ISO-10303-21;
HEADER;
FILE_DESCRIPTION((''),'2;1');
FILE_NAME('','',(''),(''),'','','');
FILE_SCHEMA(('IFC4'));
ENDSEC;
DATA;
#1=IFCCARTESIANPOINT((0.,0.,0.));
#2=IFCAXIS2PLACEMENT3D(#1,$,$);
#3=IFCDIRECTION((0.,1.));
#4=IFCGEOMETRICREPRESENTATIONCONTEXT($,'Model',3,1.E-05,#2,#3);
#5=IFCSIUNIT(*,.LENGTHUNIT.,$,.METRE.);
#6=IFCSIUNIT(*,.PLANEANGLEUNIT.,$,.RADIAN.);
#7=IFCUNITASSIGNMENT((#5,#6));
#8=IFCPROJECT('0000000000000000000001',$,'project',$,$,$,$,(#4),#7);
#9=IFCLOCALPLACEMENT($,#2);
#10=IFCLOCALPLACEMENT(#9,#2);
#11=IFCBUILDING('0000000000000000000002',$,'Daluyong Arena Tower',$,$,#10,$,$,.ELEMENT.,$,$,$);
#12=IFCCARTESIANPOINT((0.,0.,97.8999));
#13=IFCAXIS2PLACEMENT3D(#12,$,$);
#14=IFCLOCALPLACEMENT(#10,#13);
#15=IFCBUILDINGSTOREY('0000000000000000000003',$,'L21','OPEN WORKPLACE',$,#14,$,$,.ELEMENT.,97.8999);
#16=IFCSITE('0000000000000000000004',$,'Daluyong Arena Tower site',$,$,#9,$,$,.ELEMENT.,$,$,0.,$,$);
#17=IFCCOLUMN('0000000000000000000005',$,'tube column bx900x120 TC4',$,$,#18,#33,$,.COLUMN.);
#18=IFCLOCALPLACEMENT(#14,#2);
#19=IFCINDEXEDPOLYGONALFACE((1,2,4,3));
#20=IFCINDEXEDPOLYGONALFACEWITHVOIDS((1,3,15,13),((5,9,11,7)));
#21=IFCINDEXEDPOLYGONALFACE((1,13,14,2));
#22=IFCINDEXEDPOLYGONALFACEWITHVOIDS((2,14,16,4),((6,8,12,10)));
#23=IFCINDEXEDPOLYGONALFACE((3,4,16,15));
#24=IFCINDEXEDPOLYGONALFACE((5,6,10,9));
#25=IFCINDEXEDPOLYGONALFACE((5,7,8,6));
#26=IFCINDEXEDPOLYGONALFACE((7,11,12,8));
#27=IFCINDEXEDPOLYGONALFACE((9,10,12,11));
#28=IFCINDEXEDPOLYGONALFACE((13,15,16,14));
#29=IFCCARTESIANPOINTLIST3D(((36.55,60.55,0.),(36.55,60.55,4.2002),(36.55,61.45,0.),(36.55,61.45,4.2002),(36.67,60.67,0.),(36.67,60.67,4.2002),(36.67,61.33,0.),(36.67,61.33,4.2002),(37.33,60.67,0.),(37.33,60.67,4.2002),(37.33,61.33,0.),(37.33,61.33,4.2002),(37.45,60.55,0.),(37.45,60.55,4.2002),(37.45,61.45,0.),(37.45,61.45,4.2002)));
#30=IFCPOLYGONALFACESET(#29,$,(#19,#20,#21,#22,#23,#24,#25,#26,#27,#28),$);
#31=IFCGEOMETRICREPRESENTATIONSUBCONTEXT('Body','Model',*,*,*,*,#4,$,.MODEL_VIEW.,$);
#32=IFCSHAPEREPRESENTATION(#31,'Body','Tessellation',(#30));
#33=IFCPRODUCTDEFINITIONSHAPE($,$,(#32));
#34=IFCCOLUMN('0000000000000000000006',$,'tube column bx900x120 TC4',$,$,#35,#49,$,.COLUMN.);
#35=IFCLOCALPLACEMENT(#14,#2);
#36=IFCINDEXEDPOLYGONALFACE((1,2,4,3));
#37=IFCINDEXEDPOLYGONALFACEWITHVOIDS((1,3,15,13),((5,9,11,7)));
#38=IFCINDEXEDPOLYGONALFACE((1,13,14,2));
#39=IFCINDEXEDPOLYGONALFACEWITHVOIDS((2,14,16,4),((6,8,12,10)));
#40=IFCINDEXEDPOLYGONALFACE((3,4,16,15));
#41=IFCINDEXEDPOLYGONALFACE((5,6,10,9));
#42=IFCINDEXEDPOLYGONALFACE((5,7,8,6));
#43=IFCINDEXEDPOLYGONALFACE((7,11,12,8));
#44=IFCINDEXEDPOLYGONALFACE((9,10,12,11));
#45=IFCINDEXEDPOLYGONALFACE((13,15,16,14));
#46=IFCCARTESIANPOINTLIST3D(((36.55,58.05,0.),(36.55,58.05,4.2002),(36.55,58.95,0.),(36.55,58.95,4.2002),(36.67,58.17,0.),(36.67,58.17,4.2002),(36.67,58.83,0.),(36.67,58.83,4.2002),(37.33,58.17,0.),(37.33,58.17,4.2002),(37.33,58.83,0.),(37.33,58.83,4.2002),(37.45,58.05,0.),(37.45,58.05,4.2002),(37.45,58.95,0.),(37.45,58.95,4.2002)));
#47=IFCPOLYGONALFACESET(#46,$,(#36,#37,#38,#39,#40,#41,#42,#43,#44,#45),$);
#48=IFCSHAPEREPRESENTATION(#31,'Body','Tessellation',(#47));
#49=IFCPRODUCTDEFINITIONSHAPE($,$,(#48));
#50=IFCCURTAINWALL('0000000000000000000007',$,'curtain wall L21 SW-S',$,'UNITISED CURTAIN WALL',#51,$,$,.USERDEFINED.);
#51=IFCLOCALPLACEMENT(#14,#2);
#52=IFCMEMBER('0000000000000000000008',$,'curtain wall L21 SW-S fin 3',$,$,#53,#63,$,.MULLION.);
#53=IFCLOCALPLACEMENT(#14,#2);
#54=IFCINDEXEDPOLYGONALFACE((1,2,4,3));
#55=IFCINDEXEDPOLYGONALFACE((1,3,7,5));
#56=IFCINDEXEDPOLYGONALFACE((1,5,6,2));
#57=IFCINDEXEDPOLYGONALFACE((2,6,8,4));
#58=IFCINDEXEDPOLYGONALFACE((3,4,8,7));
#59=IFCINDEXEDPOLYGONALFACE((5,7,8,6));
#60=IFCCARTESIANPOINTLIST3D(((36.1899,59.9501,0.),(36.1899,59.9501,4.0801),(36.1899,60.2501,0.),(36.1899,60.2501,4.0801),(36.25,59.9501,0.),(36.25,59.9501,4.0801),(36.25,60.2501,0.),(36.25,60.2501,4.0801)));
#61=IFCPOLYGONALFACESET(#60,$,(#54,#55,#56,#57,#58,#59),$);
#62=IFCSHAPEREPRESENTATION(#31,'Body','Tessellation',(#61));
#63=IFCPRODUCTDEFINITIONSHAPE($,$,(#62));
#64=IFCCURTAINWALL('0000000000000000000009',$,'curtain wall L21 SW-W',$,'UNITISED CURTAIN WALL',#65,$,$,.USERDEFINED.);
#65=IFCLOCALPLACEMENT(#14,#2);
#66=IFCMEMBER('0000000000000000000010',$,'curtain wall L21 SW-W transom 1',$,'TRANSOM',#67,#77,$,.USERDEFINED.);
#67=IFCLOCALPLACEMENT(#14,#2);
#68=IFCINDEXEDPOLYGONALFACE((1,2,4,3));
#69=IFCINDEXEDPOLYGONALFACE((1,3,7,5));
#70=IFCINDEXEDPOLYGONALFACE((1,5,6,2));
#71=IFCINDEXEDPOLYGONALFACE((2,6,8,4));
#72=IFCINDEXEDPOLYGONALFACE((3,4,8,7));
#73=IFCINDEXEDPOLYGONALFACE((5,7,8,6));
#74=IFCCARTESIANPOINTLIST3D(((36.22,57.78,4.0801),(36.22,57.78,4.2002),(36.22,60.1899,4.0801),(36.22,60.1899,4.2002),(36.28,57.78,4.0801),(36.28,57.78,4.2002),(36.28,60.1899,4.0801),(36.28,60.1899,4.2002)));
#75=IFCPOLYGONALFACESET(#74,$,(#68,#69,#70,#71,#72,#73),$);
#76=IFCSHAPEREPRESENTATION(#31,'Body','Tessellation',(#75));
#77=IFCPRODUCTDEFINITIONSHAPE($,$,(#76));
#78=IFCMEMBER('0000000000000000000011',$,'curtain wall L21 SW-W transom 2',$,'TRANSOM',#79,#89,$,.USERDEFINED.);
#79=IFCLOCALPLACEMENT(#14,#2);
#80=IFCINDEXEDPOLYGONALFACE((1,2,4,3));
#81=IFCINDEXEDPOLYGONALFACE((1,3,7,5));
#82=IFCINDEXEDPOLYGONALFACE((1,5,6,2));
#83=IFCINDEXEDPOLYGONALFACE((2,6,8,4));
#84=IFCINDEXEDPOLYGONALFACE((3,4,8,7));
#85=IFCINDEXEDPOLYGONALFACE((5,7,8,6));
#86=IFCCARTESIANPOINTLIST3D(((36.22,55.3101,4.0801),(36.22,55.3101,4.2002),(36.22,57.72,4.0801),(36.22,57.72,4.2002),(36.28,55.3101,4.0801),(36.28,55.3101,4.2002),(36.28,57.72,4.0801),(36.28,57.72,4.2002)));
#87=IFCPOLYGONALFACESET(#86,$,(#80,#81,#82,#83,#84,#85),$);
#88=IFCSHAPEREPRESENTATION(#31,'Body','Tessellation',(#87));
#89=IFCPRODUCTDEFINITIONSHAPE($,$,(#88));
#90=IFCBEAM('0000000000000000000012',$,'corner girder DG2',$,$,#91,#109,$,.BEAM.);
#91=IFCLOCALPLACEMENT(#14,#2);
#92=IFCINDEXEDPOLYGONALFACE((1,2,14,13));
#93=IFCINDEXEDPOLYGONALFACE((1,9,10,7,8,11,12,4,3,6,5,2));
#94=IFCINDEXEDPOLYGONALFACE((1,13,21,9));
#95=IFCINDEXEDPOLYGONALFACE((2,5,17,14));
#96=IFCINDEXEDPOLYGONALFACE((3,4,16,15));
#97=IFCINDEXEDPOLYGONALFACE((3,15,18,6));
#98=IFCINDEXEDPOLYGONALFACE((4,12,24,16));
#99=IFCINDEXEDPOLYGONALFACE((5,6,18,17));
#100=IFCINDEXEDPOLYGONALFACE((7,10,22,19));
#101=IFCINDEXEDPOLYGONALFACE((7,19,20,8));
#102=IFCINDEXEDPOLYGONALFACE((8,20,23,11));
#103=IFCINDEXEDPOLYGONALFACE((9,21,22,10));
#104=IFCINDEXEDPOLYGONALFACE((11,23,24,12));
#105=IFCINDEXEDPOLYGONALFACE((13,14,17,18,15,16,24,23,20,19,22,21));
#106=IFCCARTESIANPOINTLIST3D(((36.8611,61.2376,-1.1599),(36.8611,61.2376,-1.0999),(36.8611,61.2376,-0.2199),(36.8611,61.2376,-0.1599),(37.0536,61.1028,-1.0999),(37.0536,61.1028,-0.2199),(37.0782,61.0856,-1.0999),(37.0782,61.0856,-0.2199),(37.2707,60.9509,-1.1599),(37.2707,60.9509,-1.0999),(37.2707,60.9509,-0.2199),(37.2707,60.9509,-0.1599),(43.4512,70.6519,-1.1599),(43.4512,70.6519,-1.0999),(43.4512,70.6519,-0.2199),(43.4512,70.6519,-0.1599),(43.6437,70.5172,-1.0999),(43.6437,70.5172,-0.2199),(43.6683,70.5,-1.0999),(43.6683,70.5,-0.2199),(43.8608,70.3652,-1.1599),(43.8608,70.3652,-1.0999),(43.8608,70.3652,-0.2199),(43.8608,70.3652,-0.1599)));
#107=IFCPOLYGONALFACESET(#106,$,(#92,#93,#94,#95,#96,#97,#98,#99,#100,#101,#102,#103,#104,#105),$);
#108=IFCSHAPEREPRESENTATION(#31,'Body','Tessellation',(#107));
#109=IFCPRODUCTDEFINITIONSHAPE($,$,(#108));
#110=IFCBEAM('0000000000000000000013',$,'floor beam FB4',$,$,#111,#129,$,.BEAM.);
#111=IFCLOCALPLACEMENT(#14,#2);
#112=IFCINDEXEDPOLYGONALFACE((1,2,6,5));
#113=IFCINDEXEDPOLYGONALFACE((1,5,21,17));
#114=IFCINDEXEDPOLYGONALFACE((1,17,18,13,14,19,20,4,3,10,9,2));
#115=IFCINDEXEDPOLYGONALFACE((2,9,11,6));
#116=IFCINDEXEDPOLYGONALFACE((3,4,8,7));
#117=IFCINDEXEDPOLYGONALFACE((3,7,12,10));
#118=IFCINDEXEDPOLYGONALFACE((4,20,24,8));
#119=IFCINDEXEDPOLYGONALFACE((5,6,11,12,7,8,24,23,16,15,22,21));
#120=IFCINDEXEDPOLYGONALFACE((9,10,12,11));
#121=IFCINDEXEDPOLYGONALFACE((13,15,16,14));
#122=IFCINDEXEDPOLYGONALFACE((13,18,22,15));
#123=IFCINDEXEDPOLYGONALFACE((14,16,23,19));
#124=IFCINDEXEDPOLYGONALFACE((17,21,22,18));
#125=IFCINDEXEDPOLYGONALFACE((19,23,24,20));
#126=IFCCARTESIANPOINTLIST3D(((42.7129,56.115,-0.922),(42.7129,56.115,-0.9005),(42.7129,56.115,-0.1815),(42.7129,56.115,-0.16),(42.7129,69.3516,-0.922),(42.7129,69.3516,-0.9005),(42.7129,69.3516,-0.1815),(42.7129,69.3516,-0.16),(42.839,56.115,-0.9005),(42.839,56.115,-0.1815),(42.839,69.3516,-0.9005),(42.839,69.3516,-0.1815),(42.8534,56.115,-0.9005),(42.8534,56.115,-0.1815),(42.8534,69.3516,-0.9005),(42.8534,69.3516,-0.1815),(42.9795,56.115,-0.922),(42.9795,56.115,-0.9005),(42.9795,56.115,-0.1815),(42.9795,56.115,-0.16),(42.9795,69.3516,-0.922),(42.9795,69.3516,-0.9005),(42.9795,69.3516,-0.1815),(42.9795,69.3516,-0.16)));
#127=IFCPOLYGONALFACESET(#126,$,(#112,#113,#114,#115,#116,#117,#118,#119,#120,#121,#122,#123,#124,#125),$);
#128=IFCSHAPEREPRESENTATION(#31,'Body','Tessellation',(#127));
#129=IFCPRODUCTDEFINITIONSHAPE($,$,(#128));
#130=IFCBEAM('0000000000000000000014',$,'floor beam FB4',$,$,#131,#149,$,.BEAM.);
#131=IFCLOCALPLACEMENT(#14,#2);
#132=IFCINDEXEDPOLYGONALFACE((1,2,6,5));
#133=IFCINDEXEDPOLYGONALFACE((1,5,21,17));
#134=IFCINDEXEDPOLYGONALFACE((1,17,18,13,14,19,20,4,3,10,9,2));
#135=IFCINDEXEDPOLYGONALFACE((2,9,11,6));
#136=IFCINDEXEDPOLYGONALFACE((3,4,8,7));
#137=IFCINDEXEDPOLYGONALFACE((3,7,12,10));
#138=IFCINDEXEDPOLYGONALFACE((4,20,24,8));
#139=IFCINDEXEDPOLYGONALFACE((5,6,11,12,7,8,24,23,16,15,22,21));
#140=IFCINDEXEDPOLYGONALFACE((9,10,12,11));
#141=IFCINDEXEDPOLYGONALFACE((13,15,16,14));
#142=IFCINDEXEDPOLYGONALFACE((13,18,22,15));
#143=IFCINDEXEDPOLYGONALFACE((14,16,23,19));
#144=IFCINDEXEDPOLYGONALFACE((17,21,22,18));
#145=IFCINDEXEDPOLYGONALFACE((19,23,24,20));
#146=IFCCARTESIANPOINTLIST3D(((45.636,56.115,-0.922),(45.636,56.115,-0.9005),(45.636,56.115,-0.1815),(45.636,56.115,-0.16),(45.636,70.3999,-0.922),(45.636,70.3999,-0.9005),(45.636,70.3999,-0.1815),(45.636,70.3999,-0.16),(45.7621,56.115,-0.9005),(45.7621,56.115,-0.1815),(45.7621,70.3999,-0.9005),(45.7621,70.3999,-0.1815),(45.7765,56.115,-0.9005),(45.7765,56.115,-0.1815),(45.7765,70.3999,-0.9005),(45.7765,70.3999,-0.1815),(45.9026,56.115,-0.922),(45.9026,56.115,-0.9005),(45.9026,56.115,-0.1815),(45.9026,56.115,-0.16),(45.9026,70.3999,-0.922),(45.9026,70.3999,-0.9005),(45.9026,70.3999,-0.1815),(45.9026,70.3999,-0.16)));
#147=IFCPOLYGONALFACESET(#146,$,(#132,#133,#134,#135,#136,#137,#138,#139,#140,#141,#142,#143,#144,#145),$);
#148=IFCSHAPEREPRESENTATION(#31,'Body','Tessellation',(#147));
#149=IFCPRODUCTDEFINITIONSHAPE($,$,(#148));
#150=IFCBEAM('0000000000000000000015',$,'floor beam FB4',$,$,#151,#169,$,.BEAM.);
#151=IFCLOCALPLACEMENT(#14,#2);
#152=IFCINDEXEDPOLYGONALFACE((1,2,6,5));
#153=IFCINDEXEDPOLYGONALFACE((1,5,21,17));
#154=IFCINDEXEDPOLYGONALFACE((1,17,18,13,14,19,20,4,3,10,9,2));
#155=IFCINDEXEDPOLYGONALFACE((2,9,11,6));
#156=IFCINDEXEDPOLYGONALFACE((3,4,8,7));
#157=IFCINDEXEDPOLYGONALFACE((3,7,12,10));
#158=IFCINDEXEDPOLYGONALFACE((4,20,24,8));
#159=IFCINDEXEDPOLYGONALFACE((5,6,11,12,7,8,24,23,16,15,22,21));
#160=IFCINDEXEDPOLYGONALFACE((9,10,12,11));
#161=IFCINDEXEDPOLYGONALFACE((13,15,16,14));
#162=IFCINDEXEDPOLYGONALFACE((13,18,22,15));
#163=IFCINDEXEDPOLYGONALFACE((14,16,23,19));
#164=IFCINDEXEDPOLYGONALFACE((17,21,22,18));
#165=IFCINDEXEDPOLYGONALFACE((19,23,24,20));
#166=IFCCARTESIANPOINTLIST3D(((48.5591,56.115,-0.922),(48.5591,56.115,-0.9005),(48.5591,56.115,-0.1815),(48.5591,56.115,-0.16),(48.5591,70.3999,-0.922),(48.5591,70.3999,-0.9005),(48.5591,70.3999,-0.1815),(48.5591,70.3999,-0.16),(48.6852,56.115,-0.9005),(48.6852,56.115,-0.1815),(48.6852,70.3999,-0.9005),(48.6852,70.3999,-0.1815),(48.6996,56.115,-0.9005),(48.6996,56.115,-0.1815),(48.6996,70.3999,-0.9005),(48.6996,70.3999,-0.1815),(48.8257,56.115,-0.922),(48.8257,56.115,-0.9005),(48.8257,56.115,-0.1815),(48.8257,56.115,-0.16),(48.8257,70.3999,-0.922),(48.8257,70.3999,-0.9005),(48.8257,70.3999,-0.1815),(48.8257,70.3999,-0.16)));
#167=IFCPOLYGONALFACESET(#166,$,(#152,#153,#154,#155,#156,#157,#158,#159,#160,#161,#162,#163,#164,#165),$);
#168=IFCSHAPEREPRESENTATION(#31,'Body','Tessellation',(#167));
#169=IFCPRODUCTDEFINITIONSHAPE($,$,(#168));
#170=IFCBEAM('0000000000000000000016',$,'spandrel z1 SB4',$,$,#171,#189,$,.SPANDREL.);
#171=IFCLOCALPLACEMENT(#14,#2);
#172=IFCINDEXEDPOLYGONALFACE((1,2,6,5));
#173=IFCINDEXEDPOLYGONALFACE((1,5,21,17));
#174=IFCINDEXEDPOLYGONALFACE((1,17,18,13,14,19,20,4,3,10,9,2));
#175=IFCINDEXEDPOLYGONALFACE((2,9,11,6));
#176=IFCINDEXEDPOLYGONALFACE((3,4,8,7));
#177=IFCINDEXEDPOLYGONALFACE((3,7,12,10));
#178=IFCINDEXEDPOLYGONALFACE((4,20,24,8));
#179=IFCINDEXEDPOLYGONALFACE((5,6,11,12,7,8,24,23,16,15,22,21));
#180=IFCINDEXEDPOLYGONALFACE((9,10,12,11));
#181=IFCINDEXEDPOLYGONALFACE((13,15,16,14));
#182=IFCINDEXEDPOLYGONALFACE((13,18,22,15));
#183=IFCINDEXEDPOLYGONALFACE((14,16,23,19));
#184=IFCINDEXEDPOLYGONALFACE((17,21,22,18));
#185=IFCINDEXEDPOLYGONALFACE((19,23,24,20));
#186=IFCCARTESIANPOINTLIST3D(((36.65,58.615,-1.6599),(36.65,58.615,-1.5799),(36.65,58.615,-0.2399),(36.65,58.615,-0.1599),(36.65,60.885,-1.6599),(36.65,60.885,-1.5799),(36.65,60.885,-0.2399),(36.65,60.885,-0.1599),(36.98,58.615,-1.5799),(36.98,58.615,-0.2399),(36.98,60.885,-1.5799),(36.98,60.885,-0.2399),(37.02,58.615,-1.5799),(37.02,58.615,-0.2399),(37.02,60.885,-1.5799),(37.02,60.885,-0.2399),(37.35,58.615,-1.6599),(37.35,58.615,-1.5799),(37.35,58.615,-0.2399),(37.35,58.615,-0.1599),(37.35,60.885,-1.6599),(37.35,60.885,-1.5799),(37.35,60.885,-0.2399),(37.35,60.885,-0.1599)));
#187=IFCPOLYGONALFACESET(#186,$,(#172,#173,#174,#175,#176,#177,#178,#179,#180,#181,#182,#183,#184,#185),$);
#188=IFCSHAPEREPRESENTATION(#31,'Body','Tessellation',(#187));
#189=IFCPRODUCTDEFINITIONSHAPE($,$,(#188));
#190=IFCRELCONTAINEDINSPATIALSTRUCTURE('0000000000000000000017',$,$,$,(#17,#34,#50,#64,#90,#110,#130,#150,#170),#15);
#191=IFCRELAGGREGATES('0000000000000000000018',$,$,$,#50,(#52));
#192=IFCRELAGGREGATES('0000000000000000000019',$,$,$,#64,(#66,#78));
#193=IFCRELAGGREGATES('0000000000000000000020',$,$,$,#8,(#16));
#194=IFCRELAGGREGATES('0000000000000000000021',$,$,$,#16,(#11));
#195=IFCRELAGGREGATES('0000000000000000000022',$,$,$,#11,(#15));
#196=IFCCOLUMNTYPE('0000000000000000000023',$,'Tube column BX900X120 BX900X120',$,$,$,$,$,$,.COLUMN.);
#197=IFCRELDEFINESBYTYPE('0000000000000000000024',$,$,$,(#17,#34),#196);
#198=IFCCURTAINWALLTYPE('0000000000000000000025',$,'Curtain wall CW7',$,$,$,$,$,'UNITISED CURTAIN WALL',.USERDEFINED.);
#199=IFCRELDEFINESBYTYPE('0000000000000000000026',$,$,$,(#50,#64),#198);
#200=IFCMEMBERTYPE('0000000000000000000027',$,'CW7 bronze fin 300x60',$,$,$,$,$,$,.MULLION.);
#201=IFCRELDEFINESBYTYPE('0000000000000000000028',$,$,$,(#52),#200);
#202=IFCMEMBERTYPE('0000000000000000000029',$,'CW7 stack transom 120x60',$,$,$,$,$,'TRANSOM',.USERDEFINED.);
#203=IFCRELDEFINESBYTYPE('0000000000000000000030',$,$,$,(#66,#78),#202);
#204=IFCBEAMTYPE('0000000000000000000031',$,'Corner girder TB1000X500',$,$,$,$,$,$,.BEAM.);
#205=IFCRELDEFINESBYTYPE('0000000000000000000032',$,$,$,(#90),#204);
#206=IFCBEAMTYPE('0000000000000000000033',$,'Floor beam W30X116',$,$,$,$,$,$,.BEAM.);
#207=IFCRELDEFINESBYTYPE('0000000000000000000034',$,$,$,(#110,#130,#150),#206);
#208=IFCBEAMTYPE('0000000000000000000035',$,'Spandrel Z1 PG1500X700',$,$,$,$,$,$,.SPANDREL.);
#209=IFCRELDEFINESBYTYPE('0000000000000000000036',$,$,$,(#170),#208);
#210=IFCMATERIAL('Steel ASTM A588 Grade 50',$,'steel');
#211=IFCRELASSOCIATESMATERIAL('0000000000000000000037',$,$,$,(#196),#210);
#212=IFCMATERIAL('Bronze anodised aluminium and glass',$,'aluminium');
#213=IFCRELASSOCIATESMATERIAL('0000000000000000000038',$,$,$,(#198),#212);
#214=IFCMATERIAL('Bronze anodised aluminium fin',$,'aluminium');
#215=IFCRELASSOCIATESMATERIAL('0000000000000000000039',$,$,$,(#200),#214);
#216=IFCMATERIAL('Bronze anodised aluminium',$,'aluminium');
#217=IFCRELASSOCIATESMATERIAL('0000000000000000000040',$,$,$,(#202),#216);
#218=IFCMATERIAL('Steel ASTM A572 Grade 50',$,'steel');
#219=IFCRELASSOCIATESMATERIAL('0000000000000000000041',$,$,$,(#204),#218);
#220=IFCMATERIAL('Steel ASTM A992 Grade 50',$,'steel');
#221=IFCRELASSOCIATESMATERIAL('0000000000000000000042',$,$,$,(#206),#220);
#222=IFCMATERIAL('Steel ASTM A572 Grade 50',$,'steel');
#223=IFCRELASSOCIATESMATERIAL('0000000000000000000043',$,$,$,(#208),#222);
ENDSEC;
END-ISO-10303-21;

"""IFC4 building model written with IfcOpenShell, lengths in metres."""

from ifc_helpers import new_model, si_unit, direction, frame, origin, origin_2d, place, context, subcontext, project, spatial, rectangle, hollow_rectangle, i_section, extrude, material, material_profile, profile_set, type_object, element, aggregate, save


model = new_model("IFC4")

# Units and contexts
model_context = context("Model", 3, precision=1e-05, world=origin(), true_north=direction((0.0, 1.0)))
body_context = subcontext(model_context, "Body", "Model", "MODEL_VIEW")
ifc_project = project(units=[si_unit("LENGTHUNIT", "METRE"), si_unit("PLANEANGLEUNIT", "RADIAN")], contexts=[model_context])

# Site, building, storey
site_placement = place(None, origin())
site = spatial("IfcSite", under=ifc_project, at=site_placement, Name="Daluyong Arena Tower site", CompositionType="ELEMENT", RefElevation=0.0)
building_placement = place(site_placement, origin())
building = spatial("IfcBuilding", under=site, at=building_placement, Name="Daluyong Arena Tower", CompositionType="ELEMENT")
storey_placement = place(building_placement, frame((0.0, 0.0, 97.8999)))
storey = spatial("IfcBuildingStorey", under=building, at=storey_placement, Name="L21", Description="OPEN WORKPLACE", CompositionType="ELEMENT", Elevation=97.8999)

# Columns
ifc_material_1 = material(Name="Steel ASTM A588 Grade 50", Category="steel")
ifc_material_profile_1 = material_profile(ifc_material_1, hollow_rectangle(XDim=0.8999, YDim=0.8999, WallThickness=0.12, at=origin_2d()))
ifc_profile_set_1 = profile_set([ifc_material_profile_1], Name="Steel ASTM A588 Grade 50")
column_type = type_object("IfcColumnType", Name="Tube column BX900X120 BX900X120", PredefinedType="COLUMN", material=ifc_profile_set_1)
for number, where, z_axis, x_axis, name in (
    (1, (37.0, 61.0, 0.0), (0.0, 0.0, 1.0), (0.0, 1.0, 0.0), "tube column bx900x120 TC4"),
    (2, (37.0, 58.5, 0.0), (0.0, 0.0, 1.0), (0.0, 1.0, 0.0), "tube column bx900x120 TC4"),
):
    element("IfcColumn", number, at=place(storey_placement, frame(where, z_axis=z_axis, x_axis=x_axis)), inside=storey, type_object=column_type, Name=name, PredefinedType="COLUMN", context=body_context, shape_type="SweptSolid", body=[
        extrude(hollow_rectangle(XDim=0.8999, YDim=0.8999, WallThickness=0.12, at=origin_2d()), origin(), (0.0, 0.0, 1.0), 4.2002),
    ])

# Curtain wall, member
ifc_material_2 = material(Name="Bronze anodised aluminium and glass", Category="aluminium")
curtain_wall_type = type_object("IfcCurtainWallType", Name="Curtain wall CW7", ElementType="UNITISED CURTAIN WALL", PredefinedType="USERDEFINED", material=ifc_material_2)
curtain_wall_1_placement = place(storey_placement, origin())
curtain_wall_1 = element("IfcCurtainWall", 3, at=curtain_wall_1_placement, inside=storey, type_object=curtain_wall_type, Name="curtain wall L21 SW-S", ObjectType="UNITISED CURTAIN WALL", PredefinedType="USERDEFINED")
ifc_material_3 = material(Name="Bronze anodised aluminium fin", Category="aluminium")
ifc_material_profile_2 = material_profile(ifc_material_3, rectangle(XDim=0.3, YDim=0.0601, at=origin_2d()))
ifc_profile_set_2 = profile_set([ifc_material_profile_2], Name="Bronze anodised aluminium fin")
member_type_1 = type_object("IfcMemberType", Name="CW7 bronze fin 300x60", PredefinedType="MULLION", material=ifc_profile_set_2)
member_1_placement = place(storey_placement, frame((36.22, 60.1001, 0.0), z_axis=(0.0, 0.0, 1.0), x_axis=(0.0, 1.0, 0.0)))
member_1 = element("IfcMember", 4, at=member_1_placement, type_object=member_type_1, Name="curtain wall L21 SW-S fin 3", PredefinedType="MULLION", context=body_context, shape_type="SweptSolid", body=[
    extrude(rectangle(XDim=0.3, YDim=0.0601, at=origin_2d()), origin(), (0.0, 0.0, 1.0), 4.0801),
])
aggregate(curtain_wall_1, [member_1])

# Curtain wall, members
curtain_wall_2_placement = place(storey_placement, origin())
curtain_wall_2 = element("IfcCurtainWall", 5, at=curtain_wall_2_placement, inside=storey, type_object=curtain_wall_type, Name="curtain wall L21 SW-W", ObjectType="UNITISED CURTAIN WALL", PredefinedType="USERDEFINED")
ifc_material_4 = material(Name="Bronze anodised aluminium", Category="aluminium")
ifc_material_profile_3 = material_profile(ifc_material_4, rectangle(XDim=0.0601, YDim=0.1201, at=origin_2d()))
ifc_profile_set_3 = profile_set([ifc_material_profile_3], Name="Bronze anodised aluminium")
member_type_2 = type_object("IfcMemberType", Name="CW7 stack transom 120x60", ElementType="TRANSOM", PredefinedType="USERDEFINED", material=ifc_profile_set_3)
member_2_placement = place(storey_placement, frame((36.25, 60.1899, 4.1401), z_axis=(0.0, -1.0, 0.0), x_axis=(1.0, 0.0, 0.0)))
member_2 = element("IfcMember", 6, at=member_2_placement, type_object=member_type_2, Name="curtain wall L21 SW-W transom 1", ObjectType="TRANSOM", PredefinedType="USERDEFINED", context=body_context, shape_type="SweptSolid", body=[
    extrude(rectangle(XDim=0.0601, YDim=0.1201, at=origin_2d()), origin(), (0.0, 0.0, 1.0), 2.4099),
])
member_3_placement = place(storey_placement, frame((36.25, 57.72, 4.1401), z_axis=(0.0, -1.0, 0.0), x_axis=(1.0, 0.0, 0.0)))
member_3 = element("IfcMember", 7, at=member_3_placement, type_object=member_type_2, Name="curtain wall L21 SW-W transom 2", ObjectType="TRANSOM", PredefinedType="USERDEFINED", context=body_context, shape_type="SweptSolid", body=[
    extrude(rectangle(XDim=0.0601, YDim=0.1201, at=origin_2d()), origin(), (0.0, 0.0, 1.0), 2.4099),
])

# Beams
ifc_material_5 = material(Name="Steel ASTM A572 Grade 50", Category="steel")
ifc_material_profile_4 = material_profile(ifc_material_5, i_section(OverallWidth=0.5, OverallDepth=1.0, WebThickness=0.03, FlangeThickness=0.06, at=origin_2d()))
ifc_profile_set_4 = profile_set([ifc_material_profile_4], Name="Steel ASTM A572 Grade 50")
beam_type_1 = type_object("IfcBeamType", Name="Corner girder TB1000X500", PredefinedType="BEAM", material=ifc_profile_set_4)
beam_1_placement = place(storey_placement, frame((37.0659, 61.0942, -0.6599), z_axis=(0.573467, 0.819229, 0.0), x_axis=(-0.819229, 0.573467, 0.0)))
element("IfcBeam", 8, at=beam_1_placement, inside=storey, type_object=beam_type_1, Name="corner girder DG2", PredefinedType="BEAM", context=body_context, shape_type="SweptSolid", body=[
    extrude(i_section(OverallWidth=0.5, OverallDepth=1.0, WebThickness=0.03, FlangeThickness=0.06, at=origin_2d()), origin(), (0.0, 0.0, 1.0), 11.4917),
])
ifc_material_6 = material(Name="Steel ASTM A992 Grade 50", Category="steel")
ifc_material_profile_5 = material_profile(ifc_material_6, i_section(OverallWidth=0.2666, OverallDepth=0.762, WebThickness=0.0144, FlangeThickness=0.0215, at=origin_2d()))
ifc_profile_set_5 = profile_set([ifc_material_profile_5], Name="Steel ASTM A992 Grade 50")
beam_type_2 = type_object("IfcBeamType", Name="Floor beam W30X116", PredefinedType="BEAM", material=ifc_profile_set_5)
beam_2_placement = place(storey_placement, frame((42.8462, 56.115, -0.541), z_axis=(0.0, 1.0, 0.0), x_axis=(-1.0, 0.0, 0.0)))
element("IfcBeam", 9, at=beam_2_placement, inside=storey, type_object=beam_type_2, Name="floor beam FB4", PredefinedType="BEAM", context=body_context, shape_type="SweptSolid", body=[
    extrude(i_section(OverallWidth=0.2666, OverallDepth=0.762, WebThickness=0.0144, FlangeThickness=0.0215, at=origin_2d()), origin(), (0.0, 0.0, 1.0), 13.2366),
])
for number, where, z_axis, x_axis, name in (
    (10, (45.7693, 56.115, -0.541), (0.0, 1.0, 0.0), (-1.0, 0.0, 0.0), "floor beam FB4"),
    (11, (48.6924, 56.115, -0.541), (0.0, 1.0, 0.0), (-1.0, 0.0, 0.0), "floor beam FB4"),
):
    element("IfcBeam", number, at=place(storey_placement, frame(where, z_axis=z_axis, x_axis=x_axis)), inside=storey, type_object=beam_type_2, Name=name, PredefinedType="BEAM", context=body_context, shape_type="SweptSolid", body=[
        extrude(i_section(OverallWidth=0.2666, OverallDepth=0.762, WebThickness=0.0144, FlangeThickness=0.0215, at=origin_2d()), origin(), (0.0, 0.0, 1.0), 14.2849),
    ])
ifc_material_7 = material(Name="Steel ASTM A572 Grade 50", Category="steel")
ifc_material_profile_6 = material_profile(ifc_material_7, i_section(OverallWidth=0.7, OverallDepth=1.5, WebThickness=0.04, FlangeThickness=0.08, at=origin_2d()))
ifc_profile_set_6 = profile_set([ifc_material_profile_6], Name="Steel ASTM A572 Grade 50")
beam_type_3 = type_object("IfcBeamType", Name="Spandrel Z1 PG1500X700", PredefinedType="SPANDREL", material=ifc_profile_set_6)
for number, where, z_axis, x_axis, name in (
    (12, (37.0, 60.885, -0.9099), (0.0, -1.0, 0.0), (1.0, 0.0, 0.0), "spandrel z1 SB4"),
):
    element("IfcBeam", number, at=place(storey_placement, frame(where, z_axis=z_axis, x_axis=x_axis)), inside=storey, type_object=beam_type_3, Name=name, PredefinedType="SPANDREL", context=body_context, shape_type="SweptSolid", body=[
        extrude(i_section(OverallWidth=0.7, OverallDepth=1.5, WebThickness=0.04, FlangeThickness=0.08, at=origin_2d()), origin(), (0.0, 0.0, 1.0), 2.27),
    ])

aggregate(curtain_wall_2, [member_2, member_3])

save(model, "model.ifc")
